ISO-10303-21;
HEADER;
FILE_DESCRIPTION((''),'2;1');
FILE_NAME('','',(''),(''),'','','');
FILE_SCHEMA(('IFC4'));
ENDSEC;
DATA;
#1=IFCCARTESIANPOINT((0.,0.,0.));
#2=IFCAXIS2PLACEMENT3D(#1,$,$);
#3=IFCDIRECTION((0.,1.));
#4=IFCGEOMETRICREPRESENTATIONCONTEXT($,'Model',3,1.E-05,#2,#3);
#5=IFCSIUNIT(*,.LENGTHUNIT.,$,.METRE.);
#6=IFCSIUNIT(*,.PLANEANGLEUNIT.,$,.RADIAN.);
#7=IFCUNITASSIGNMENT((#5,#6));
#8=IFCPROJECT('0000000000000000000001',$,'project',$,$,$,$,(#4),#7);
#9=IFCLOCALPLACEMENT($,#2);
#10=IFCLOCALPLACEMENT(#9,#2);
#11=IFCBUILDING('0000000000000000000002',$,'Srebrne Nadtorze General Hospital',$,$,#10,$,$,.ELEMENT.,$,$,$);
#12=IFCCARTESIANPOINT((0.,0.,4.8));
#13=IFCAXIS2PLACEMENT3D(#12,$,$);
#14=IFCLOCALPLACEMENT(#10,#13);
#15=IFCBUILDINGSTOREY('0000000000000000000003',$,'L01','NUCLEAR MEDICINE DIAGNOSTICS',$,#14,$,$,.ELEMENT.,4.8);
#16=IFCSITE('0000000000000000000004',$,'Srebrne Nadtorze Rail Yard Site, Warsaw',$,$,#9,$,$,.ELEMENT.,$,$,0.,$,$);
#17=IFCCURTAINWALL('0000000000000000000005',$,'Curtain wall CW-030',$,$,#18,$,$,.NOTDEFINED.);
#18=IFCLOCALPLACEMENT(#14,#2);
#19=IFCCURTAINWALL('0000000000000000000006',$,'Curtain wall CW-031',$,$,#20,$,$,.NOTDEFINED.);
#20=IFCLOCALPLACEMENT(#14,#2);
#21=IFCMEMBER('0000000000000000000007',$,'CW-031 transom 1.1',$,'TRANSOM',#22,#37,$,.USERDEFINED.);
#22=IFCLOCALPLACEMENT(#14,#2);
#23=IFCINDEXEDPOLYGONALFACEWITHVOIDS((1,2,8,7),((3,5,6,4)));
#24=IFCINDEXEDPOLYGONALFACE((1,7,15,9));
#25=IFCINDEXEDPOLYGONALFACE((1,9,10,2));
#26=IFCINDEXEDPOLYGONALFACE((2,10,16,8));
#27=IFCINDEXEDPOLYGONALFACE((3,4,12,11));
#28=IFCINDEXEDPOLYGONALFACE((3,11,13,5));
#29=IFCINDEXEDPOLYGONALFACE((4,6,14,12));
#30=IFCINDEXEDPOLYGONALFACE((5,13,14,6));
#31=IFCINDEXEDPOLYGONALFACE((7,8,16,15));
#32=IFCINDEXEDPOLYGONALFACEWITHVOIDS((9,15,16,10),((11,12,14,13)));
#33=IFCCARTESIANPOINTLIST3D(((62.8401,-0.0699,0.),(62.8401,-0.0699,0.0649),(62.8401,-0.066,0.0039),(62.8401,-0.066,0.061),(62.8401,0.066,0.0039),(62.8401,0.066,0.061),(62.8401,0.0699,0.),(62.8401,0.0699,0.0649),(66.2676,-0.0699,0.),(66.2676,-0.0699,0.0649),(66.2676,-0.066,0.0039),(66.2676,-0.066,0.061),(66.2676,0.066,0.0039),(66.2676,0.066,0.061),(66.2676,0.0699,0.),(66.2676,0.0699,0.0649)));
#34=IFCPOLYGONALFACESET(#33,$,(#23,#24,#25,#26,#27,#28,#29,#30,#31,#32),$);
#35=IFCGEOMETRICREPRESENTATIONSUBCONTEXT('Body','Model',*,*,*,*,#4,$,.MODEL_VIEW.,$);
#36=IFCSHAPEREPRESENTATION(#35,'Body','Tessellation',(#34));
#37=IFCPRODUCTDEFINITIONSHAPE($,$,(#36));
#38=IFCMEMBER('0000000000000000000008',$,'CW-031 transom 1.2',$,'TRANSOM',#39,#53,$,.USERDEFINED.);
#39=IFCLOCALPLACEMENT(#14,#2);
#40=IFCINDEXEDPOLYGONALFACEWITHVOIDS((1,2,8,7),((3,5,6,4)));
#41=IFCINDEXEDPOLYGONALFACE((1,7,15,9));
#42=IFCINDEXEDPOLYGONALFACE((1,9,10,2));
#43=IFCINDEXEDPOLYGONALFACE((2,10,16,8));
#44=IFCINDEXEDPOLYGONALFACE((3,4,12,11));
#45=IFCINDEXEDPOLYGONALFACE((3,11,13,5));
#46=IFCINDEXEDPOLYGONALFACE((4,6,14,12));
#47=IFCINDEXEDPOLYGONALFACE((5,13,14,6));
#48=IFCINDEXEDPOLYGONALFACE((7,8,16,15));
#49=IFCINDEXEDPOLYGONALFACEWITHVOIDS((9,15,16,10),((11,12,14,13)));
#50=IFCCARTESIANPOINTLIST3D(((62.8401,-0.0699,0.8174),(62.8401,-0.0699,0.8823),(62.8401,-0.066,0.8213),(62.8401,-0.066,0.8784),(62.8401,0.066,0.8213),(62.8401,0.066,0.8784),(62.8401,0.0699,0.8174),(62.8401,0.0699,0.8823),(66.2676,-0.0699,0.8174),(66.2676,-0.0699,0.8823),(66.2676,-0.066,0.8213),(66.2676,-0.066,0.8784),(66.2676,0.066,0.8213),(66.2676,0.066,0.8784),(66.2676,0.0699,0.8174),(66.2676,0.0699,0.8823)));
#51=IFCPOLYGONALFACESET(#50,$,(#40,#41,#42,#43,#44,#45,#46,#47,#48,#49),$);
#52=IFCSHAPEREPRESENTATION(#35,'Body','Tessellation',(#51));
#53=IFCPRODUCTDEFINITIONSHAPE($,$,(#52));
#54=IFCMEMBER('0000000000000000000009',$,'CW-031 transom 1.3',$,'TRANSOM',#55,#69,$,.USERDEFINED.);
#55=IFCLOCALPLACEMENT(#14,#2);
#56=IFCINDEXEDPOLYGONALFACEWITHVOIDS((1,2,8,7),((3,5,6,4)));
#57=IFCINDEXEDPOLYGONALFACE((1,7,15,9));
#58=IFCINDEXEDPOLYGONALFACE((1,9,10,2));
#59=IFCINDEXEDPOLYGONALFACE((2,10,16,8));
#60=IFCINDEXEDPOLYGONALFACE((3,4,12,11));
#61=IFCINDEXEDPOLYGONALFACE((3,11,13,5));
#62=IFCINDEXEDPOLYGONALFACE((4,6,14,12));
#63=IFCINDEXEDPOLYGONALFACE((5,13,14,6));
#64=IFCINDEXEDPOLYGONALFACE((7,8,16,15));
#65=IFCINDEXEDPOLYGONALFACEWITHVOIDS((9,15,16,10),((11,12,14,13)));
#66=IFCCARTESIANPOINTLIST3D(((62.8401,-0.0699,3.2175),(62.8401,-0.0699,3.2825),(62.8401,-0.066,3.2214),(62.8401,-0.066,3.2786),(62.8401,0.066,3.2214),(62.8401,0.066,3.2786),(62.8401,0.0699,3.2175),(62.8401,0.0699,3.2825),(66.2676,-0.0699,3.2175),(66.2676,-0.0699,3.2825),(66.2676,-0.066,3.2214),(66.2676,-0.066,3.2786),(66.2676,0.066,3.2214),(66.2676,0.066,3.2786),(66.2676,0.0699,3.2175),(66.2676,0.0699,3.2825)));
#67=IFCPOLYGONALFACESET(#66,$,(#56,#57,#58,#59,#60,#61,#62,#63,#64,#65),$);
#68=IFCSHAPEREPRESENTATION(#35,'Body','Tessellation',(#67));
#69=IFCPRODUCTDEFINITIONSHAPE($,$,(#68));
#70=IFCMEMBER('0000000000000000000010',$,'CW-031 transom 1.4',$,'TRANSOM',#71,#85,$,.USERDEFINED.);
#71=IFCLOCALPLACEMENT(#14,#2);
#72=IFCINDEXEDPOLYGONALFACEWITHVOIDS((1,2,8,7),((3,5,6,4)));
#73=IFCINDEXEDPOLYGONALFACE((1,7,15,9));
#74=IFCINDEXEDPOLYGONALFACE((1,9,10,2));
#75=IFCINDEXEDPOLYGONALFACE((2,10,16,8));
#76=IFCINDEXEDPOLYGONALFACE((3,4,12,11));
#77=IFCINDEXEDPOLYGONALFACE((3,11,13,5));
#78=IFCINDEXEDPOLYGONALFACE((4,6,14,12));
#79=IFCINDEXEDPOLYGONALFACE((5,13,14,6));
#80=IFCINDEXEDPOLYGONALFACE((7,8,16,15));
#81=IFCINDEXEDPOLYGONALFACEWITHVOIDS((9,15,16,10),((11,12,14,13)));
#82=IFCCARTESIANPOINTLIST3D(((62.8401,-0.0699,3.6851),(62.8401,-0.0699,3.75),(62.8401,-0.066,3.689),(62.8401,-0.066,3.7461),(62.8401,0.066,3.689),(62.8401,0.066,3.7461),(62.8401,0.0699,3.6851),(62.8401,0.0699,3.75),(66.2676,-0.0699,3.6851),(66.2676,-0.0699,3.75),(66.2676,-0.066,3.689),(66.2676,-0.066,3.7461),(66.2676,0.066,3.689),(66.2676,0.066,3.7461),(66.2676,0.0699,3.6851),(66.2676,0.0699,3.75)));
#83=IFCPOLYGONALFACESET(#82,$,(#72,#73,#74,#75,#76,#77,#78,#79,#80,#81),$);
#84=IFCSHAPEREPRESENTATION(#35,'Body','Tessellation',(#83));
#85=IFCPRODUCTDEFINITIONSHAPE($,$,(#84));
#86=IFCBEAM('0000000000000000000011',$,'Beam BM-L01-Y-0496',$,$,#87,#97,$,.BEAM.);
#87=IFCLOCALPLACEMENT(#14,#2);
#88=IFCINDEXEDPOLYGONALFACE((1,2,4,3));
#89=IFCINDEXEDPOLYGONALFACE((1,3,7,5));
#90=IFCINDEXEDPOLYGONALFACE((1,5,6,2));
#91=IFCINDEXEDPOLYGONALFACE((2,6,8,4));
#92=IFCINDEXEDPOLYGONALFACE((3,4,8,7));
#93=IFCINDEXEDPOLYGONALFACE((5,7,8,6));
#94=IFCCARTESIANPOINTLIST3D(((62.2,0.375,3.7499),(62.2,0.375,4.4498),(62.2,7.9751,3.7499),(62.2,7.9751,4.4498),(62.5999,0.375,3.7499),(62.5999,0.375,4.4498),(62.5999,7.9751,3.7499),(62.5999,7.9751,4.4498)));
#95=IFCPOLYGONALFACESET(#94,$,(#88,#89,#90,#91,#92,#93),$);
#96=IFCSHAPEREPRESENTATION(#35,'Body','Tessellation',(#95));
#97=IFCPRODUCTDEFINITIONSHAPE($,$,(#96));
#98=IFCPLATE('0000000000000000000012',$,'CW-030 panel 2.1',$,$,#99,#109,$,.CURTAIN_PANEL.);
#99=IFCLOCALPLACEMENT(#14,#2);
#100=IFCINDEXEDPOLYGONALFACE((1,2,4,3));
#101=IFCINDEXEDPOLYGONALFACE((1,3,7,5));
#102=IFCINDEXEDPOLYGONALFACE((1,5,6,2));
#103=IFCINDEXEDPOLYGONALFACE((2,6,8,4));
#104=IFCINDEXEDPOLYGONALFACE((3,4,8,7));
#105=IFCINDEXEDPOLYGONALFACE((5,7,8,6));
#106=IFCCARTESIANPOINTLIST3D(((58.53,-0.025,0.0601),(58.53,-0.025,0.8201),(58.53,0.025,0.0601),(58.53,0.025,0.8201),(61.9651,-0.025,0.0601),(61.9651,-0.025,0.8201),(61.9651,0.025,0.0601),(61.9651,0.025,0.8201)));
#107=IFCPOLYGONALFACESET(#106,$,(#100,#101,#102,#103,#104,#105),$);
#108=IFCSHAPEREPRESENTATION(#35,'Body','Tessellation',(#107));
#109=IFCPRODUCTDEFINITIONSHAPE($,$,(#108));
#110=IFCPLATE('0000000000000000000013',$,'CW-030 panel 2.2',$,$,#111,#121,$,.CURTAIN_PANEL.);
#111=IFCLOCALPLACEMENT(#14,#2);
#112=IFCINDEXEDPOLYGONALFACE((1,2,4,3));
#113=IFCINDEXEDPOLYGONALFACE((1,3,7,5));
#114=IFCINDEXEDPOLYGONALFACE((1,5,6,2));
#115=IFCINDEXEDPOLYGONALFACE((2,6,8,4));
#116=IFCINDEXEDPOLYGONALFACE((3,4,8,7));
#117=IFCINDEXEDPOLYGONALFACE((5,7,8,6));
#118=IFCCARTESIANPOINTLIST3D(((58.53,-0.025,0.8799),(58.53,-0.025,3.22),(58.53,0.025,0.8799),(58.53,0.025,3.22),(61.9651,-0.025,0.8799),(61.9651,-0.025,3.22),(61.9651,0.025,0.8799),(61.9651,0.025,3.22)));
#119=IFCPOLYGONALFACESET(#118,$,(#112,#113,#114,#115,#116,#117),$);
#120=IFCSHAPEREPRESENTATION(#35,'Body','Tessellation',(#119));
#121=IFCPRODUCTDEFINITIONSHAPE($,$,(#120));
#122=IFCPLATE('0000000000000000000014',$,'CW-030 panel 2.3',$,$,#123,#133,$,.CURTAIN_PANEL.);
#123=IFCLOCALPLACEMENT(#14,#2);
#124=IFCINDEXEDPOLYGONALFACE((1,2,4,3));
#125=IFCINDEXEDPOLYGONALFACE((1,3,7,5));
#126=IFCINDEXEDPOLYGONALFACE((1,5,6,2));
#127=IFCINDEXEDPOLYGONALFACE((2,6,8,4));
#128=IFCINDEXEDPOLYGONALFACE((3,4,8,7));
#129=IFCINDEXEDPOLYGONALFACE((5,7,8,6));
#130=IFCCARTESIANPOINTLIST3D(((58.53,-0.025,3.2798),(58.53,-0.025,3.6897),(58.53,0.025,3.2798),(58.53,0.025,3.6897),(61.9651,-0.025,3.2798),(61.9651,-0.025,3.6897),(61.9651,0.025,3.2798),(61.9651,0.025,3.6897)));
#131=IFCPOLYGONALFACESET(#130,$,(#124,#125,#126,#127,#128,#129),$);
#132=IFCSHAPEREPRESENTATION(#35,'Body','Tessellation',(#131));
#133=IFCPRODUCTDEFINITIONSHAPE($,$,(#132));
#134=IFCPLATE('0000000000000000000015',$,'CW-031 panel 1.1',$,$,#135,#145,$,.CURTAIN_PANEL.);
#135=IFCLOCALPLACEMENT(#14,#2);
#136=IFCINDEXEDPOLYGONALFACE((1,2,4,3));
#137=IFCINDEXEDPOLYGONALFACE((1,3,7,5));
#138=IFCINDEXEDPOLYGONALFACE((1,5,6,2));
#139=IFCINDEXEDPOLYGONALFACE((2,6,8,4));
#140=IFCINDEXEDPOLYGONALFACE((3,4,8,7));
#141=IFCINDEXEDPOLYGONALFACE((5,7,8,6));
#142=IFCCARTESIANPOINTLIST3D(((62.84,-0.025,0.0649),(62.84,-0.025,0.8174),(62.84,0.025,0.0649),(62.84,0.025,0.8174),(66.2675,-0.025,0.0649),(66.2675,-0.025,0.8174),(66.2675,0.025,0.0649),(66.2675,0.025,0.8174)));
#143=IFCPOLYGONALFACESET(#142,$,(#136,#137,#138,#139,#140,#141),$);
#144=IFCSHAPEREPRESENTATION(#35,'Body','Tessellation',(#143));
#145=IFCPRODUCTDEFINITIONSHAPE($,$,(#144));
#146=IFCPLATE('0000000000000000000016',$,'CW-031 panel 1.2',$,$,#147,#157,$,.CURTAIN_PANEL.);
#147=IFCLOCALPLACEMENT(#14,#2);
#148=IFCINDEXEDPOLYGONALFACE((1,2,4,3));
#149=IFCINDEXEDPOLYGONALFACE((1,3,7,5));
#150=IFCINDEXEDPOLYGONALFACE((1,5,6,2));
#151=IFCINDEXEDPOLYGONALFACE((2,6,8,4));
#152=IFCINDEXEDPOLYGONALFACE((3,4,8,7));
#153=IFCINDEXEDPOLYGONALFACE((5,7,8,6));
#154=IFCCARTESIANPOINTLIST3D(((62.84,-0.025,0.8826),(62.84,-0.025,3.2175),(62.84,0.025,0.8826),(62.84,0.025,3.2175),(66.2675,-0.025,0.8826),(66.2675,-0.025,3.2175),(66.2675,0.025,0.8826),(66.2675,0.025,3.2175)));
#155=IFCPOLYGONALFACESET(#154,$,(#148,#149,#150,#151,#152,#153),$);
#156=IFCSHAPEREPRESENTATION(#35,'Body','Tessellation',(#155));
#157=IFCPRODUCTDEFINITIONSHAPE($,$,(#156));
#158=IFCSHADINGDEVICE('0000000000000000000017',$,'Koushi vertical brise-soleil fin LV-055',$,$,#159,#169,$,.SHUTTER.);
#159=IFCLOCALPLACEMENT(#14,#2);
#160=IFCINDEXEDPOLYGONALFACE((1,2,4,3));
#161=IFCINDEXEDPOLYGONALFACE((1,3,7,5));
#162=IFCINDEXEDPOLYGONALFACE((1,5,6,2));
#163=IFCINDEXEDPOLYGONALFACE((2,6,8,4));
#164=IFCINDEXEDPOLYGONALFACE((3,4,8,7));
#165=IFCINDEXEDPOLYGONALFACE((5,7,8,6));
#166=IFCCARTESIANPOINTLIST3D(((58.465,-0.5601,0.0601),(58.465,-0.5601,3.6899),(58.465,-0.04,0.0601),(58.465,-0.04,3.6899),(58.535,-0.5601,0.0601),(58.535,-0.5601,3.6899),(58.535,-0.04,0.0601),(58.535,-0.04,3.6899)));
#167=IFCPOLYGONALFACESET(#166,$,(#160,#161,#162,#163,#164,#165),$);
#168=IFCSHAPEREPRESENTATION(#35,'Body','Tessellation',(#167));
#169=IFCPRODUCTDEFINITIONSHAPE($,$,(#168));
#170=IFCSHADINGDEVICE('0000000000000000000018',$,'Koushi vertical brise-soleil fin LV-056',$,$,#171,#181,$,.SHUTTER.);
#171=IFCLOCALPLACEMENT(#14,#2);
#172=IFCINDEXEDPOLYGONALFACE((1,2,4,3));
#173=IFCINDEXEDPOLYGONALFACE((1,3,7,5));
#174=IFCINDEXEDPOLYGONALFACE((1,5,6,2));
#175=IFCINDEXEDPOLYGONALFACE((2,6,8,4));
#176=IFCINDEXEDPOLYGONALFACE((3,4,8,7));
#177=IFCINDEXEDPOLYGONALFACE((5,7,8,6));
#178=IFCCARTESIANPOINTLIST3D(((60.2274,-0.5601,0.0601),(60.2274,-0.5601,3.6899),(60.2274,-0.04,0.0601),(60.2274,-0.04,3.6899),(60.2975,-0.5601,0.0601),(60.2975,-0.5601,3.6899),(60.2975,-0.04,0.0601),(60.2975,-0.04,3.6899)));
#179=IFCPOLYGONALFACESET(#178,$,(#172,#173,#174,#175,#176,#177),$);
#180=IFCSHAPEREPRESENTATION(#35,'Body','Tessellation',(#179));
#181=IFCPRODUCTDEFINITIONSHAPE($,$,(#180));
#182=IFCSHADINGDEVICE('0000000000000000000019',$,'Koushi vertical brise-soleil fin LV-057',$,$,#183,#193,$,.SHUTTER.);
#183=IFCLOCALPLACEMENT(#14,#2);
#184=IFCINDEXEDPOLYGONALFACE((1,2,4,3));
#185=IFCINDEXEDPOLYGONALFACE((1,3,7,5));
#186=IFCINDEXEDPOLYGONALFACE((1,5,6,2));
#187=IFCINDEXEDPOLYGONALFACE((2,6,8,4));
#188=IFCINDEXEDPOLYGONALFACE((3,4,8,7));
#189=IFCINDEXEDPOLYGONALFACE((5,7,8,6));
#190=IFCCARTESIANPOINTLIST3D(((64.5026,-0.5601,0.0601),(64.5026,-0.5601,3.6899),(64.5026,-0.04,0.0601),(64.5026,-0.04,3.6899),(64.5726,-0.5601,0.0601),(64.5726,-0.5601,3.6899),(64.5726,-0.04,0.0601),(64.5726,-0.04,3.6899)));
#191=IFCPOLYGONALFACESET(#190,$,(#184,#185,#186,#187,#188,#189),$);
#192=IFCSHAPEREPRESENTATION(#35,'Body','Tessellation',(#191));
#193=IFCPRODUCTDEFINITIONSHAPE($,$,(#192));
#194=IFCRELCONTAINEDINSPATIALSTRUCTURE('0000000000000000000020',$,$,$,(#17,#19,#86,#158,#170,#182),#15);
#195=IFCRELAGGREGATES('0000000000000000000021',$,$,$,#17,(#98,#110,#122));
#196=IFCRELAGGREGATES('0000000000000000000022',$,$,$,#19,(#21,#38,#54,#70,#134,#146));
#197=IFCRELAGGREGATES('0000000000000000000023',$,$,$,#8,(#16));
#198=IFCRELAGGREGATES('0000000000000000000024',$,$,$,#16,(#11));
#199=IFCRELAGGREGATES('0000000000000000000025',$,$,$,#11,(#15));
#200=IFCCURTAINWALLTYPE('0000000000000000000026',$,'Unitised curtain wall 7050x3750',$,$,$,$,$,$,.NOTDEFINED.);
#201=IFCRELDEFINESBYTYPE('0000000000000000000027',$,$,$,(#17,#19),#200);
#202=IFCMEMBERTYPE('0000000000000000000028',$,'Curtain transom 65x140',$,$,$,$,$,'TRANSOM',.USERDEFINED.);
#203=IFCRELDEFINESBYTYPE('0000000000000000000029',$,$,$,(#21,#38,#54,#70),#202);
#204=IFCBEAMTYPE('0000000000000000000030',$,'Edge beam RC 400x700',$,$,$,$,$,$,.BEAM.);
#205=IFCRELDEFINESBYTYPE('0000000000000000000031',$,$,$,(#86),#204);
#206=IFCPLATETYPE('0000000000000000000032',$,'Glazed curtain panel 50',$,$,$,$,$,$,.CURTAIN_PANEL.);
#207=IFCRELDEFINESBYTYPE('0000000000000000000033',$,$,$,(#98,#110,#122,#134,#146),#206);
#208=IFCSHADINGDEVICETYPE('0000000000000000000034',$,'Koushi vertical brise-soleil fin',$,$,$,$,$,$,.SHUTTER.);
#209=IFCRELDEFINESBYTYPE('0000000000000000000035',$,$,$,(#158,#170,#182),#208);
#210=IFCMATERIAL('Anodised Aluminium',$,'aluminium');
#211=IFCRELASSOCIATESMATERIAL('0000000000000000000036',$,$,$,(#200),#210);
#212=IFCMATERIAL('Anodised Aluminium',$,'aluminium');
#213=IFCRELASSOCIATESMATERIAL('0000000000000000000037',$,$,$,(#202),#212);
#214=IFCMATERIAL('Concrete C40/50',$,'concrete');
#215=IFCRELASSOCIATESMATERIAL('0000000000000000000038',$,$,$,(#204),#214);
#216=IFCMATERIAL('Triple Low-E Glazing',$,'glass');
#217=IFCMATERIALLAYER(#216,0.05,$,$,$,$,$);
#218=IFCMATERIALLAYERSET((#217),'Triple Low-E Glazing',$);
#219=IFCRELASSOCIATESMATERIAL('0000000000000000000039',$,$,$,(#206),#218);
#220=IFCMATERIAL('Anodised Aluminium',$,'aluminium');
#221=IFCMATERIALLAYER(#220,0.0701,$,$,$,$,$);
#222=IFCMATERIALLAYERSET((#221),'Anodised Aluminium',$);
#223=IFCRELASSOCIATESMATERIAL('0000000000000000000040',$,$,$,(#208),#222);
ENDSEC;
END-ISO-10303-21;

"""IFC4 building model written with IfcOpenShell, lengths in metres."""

from ifc_helpers import new_model, si_unit, direction, frame, origin, origin_2d, place, context, subcontext, project, spatial, rectangle, hollow_rectangle, extrude, material, layer, layer_set, material_profile, profile_set, type_object, element, aggregate, save


model = new_model("IFC4")

# Units and contexts
model_context = context("Model", 3, precision=1e-05, world=origin(), true_north=direction((0.0, 1.0)))
body_context = subcontext(model_context, "Body", "Model", "MODEL_VIEW")
ifc_project = project(units=[si_unit("LENGTHUNIT", "METRE"), si_unit("PLANEANGLEUNIT", "RADIAN")], contexts=[model_context])

# Site, building, storey
site_placement = place(None, origin())
site = spatial("IfcSite", under=ifc_project, at=site_placement, Name="Srebrne Nadtorze Rail Yard Site, Warsaw", CompositionType="ELEMENT", RefElevation=0.0)
building_placement = place(site_placement, origin())
building = spatial("IfcBuilding", under=site, at=building_placement, Name="Srebrne Nadtorze General Hospital", CompositionType="ELEMENT")
storey_placement = place(building_placement, frame((0.0, 0.0, 4.8)))
storey = spatial("IfcBuildingStorey", under=building, at=storey_placement, Name="L01", Description="NUCLEAR MEDICINE DIAGNOSTICS", CompositionType="ELEMENT", Elevation=4.8)

# Curtain wall
ifc_material_1 = material(Name="Anodised Aluminium", Category="aluminium")
curtain_wall_type = type_object("IfcCurtainWallType", Name="Unitised curtain wall 7050x3750", PredefinedType="NOTDEFINED", material=ifc_material_1)
curtain_wall_1_placement = place(storey_placement, origin())
curtain_wall_1 = element("IfcCurtainWall", 1, at=curtain_wall_1_placement, inside=storey, type_object=curtain_wall_type, Name="Curtain wall CW-030", PredefinedType="NOTDEFINED")

# Curtain wall
curtain_wall_2_placement = place(storey_placement, origin())
curtain_wall_2 = element("IfcCurtainWall", 2, at=curtain_wall_2_placement, inside=storey, type_object=curtain_wall_type, Name="Curtain wall CW-031", PredefinedType="NOTDEFINED")

# Members
ifc_material_2 = material(Name="Anodised Aluminium", Category="aluminium")
ifc_material_profile_1 = material_profile(ifc_material_2, hollow_rectangle(XDim=0.0649, YDim=0.1399, WallThickness=0.0039, at=origin_2d()), Name="AL-TRN-65x140")
ifc_profile_set_1 = profile_set([ifc_material_profile_1], Name="Anodised Aluminium")
member_type_1 = type_object("IfcMemberType", Name="Curtain transom 65x140", ElementType="TRANSOM", PredefinedType="USERDEFINED", material=ifc_profile_set_1)
member_1_placement = place(storey_placement, frame((62.8401, 0.0, 0.0325), z_axis=(1.0, 0.0, 0.0), x_axis=(0.0, 0.0, 1.0)))
member_1 = element("IfcMember", 3, at=member_1_placement, type_object=member_type_1, Name="CW-031 transom 1.1", ObjectType="TRANSOM", PredefinedType="USERDEFINED", context=body_context, shape_type="SweptSolid", body=[
    extrude(hollow_rectangle(XDim=0.0649, YDim=0.1399, WallThickness=0.0039, at=origin_2d()), origin(), (0.0, 0.0, 1.0), 3.4275),
])
member_2_placement = place(storey_placement, frame((62.8401, 0.0, 0.8499), z_axis=(1.0, 0.0, 0.0), x_axis=(0.0, 0.0, 1.0)))
member_2 = element("IfcMember", 4, at=member_2_placement, type_object=member_type_1, Name="CW-031 transom 1.2", ObjectType="TRANSOM", PredefinedType="USERDEFINED", context=body_context, shape_type="SweptSolid", body=[
    extrude(hollow_rectangle(XDim=0.0649, YDim=0.1399, WallThickness=0.0039, at=origin_2d()), origin(), (0.0, 0.0, 1.0), 3.4275),
])
member_3_placement = place(storey_placement, frame((62.8401, 0.0, 3.25), z_axis=(1.0, 0.0, 0.0), x_axis=(0.0, 0.0, 1.0)))
member_3 = element("IfcMember", 5, at=member_3_placement, type_object=member_type_1, Name="CW-031 transom 1.3", ObjectType="TRANSOM", PredefinedType="USERDEFINED", context=body_context, shape_type="SweptSolid", body=[
    extrude(hollow_rectangle(XDim=0.0649, YDim=0.1399, WallThickness=0.0039, at=origin_2d()), origin(), (0.0, 0.0, 1.0), 3.4275),
])
member_4_placement = place(storey_placement, frame((62.8401, 0.0, 3.7175), z_axis=(1.0, 0.0, 0.0), x_axis=(0.0, 0.0, 1.0)))
member_4 = element("IfcMember", 6, at=member_4_placement, type_object=member_type_1, Name="CW-031 transom 1.4", ObjectType="TRANSOM", PredefinedType="USERDEFINED", context=body_context, shape_type="SweptSolid", body=[
    extrude(hollow_rectangle(XDim=0.0649, YDim=0.1399, WallThickness=0.0039, at=origin_2d()), origin(), (0.0, 0.0, 1.0), 3.4275),
])

# Beam
ifc_material_3 = material(Name="Concrete C40/50", Category="concrete")
ifc_material_profile_2 = material_profile(ifc_material_3, rectangle(XDim=0.3999, YDim=0.7, at=origin_2d()), Name="RC-BM-400x700")
ifc_profile_set_2 = profile_set([ifc_material_profile_2], Name="Concrete C40/50")
beam_type = type_object("IfcBeamType", Name="Edge beam RC 400x700", PredefinedType="BEAM", material=ifc_profile_set_2)
beam_placement = place(storey_placement, frame((62.3999, 0.375, 4.0999), z_axis=(0.0, 1.0, 0.0), x_axis=(-1.0, 0.0, 0.0)))
element("IfcBeam", 7, at=beam_placement, inside=storey, type_object=beam_type, Name="Beam BM-L01-Y-0496", PredefinedType="BEAM", context=body_context, shape_type="SweptSolid", body=[
    extrude(rectangle(XDim=0.3999, YDim=0.7, at=origin_2d()), origin(), (0.0, 0.0, 1.0), 7.6001),
])

# Plates
ifc_material_4 = material(Name="Triple Low-E Glazing", Category="glass")
ifc_layer_1 = layer(ifc_material_4, 0.05)
ifc_layer_set_1 = layer_set([ifc_layer_1], Name="Triple Low-E Glazing")
plate_type = type_object("IfcPlateType", Name="Glazed curtain panel 50", PredefinedType="CURTAIN_PANEL", material=ifc_layer_set_1)
plate_1_placement = place(storey_placement, frame((60.2476, 0.0, 0.0601), z_axis=(0.0, 0.0, 1.0), x_axis=(1.0, 0.0, 0.0)))
plate_1 = element("IfcPlate", 8, at=plate_1_placement, type_object=plate_type, Name="CW-030 panel 2.1", PredefinedType="CURTAIN_PANEL", context=body_context, shape_type="SweptSolid", body=[
    extrude(rectangle(XDim=3.4351, YDim=0.05, at=origin_2d()), origin(), (0.0, 0.0, 1.0), 0.76),
])
plate_2_placement = place(storey_placement, frame((60.2476, 0.0, 0.8799), z_axis=(0.0, 0.0, 1.0), x_axis=(1.0, 0.0, 0.0)))
plate_2 = element("IfcPlate", 9, at=plate_2_placement, type_object=plate_type, Name="CW-030 panel 2.2", PredefinedType="CURTAIN_PANEL", context=body_context, shape_type="SweptSolid", body=[
    extrude(rectangle(XDim=3.4351, YDim=0.05, at=origin_2d()), origin(), (0.0, 0.0, 1.0), 2.3401),
])
plate_3_placement = place(storey_placement, frame((60.2476, 0.0, 3.2798), z_axis=(0.0, 0.0, 1.0), x_axis=(1.0, 0.0, 0.0)))
plate_3 = element("IfcPlate", 10, at=plate_3_placement, type_object=plate_type, Name="CW-030 panel 2.3", PredefinedType="CURTAIN_PANEL", context=body_context, shape_type="SweptSolid", body=[
    extrude(rectangle(XDim=3.4351, YDim=0.05, at=origin_2d()), origin(), (0.0, 0.0, 1.0), 0.4099),
])
aggregate(curtain_wall_1, [plate_1, plate_2, plate_3])
plate_4_placement = place(storey_placement, frame((64.5537, 0.0, 0.0649), z_axis=(0.0, 0.0, 1.0), x_axis=(1.0, 0.0, 0.0)))
plate_4 = element("IfcPlate", 11, at=plate_4_placement, type_object=plate_type, Name="CW-031 panel 1.1", PredefinedType="CURTAIN_PANEL", context=body_context, shape_type="SweptSolid", body=[
    extrude(rectangle(XDim=3.4275, YDim=0.05, at=origin_2d()), origin(), (0.0, 0.0, 1.0), 0.7524),
])
plate_5_placement = place(storey_placement, frame((64.5537, 0.0, 0.8826), z_axis=(0.0, 0.0, 1.0), x_axis=(1.0, 0.0, 0.0)))
plate_5 = element("IfcPlate", 12, at=plate_5_placement, type_object=plate_type, Name="CW-031 panel 1.2", PredefinedType="CURTAIN_PANEL", context=body_context, shape_type="SweptSolid", body=[
    extrude(rectangle(XDim=3.4275, YDim=0.05, at=origin_2d()), origin(), (0.0, 0.0, 1.0), 2.335),
])
aggregate(curtain_wall_2, [member_1, member_2, member_3, member_4, plate_4, plate_5])

# Shading devices
ifc_material_5 = material(Name="Anodised Aluminium", Category="aluminium")
ifc_layer_2 = layer(ifc_material_5, 0.0701)
ifc_layer_set_2 = layer_set([ifc_layer_2], Name="Anodised Aluminium")
shading_device_type = type_object("IfcShadingDeviceType", Name="Koushi vertical brise-soleil fin", PredefinedType="SHUTTER", material=ifc_layer_set_2)
for number, where, z_axis, x_axis, name in (
    (13, (58.5, -0.3, 0.0601), (0.0, 0.0, 1.0), (1.0, 0.0, 0.0), "Koushi vertical brise-soleil fin LV-055"),
    (14, (60.2625, -0.3, 0.0601), (0.0, 0.0, 1.0), (1.0, 0.0, 0.0), "Koushi vertical brise-soleil fin LV-056"),
    (15, (64.5376, -0.3, 0.0601), (0.0, 0.0, 1.0), (1.0, 0.0, 0.0), "Koushi vertical brise-soleil fin LV-057"),
):
    element("IfcShadingDevice", number, at=place(storey_placement, frame(where, z_axis=z_axis, x_axis=x_axis)), inside=storey, type_object=shading_device_type, Name=name, PredefinedType="SHUTTER", context=body_context, shape_type="SweptSolid", body=[
        extrude(rectangle(XDim=0.0701, YDim=0.52, at=origin_2d()), origin(), (0.0, 0.0, 1.0), 3.6299),
    ])

save(model, "model.ifc")
